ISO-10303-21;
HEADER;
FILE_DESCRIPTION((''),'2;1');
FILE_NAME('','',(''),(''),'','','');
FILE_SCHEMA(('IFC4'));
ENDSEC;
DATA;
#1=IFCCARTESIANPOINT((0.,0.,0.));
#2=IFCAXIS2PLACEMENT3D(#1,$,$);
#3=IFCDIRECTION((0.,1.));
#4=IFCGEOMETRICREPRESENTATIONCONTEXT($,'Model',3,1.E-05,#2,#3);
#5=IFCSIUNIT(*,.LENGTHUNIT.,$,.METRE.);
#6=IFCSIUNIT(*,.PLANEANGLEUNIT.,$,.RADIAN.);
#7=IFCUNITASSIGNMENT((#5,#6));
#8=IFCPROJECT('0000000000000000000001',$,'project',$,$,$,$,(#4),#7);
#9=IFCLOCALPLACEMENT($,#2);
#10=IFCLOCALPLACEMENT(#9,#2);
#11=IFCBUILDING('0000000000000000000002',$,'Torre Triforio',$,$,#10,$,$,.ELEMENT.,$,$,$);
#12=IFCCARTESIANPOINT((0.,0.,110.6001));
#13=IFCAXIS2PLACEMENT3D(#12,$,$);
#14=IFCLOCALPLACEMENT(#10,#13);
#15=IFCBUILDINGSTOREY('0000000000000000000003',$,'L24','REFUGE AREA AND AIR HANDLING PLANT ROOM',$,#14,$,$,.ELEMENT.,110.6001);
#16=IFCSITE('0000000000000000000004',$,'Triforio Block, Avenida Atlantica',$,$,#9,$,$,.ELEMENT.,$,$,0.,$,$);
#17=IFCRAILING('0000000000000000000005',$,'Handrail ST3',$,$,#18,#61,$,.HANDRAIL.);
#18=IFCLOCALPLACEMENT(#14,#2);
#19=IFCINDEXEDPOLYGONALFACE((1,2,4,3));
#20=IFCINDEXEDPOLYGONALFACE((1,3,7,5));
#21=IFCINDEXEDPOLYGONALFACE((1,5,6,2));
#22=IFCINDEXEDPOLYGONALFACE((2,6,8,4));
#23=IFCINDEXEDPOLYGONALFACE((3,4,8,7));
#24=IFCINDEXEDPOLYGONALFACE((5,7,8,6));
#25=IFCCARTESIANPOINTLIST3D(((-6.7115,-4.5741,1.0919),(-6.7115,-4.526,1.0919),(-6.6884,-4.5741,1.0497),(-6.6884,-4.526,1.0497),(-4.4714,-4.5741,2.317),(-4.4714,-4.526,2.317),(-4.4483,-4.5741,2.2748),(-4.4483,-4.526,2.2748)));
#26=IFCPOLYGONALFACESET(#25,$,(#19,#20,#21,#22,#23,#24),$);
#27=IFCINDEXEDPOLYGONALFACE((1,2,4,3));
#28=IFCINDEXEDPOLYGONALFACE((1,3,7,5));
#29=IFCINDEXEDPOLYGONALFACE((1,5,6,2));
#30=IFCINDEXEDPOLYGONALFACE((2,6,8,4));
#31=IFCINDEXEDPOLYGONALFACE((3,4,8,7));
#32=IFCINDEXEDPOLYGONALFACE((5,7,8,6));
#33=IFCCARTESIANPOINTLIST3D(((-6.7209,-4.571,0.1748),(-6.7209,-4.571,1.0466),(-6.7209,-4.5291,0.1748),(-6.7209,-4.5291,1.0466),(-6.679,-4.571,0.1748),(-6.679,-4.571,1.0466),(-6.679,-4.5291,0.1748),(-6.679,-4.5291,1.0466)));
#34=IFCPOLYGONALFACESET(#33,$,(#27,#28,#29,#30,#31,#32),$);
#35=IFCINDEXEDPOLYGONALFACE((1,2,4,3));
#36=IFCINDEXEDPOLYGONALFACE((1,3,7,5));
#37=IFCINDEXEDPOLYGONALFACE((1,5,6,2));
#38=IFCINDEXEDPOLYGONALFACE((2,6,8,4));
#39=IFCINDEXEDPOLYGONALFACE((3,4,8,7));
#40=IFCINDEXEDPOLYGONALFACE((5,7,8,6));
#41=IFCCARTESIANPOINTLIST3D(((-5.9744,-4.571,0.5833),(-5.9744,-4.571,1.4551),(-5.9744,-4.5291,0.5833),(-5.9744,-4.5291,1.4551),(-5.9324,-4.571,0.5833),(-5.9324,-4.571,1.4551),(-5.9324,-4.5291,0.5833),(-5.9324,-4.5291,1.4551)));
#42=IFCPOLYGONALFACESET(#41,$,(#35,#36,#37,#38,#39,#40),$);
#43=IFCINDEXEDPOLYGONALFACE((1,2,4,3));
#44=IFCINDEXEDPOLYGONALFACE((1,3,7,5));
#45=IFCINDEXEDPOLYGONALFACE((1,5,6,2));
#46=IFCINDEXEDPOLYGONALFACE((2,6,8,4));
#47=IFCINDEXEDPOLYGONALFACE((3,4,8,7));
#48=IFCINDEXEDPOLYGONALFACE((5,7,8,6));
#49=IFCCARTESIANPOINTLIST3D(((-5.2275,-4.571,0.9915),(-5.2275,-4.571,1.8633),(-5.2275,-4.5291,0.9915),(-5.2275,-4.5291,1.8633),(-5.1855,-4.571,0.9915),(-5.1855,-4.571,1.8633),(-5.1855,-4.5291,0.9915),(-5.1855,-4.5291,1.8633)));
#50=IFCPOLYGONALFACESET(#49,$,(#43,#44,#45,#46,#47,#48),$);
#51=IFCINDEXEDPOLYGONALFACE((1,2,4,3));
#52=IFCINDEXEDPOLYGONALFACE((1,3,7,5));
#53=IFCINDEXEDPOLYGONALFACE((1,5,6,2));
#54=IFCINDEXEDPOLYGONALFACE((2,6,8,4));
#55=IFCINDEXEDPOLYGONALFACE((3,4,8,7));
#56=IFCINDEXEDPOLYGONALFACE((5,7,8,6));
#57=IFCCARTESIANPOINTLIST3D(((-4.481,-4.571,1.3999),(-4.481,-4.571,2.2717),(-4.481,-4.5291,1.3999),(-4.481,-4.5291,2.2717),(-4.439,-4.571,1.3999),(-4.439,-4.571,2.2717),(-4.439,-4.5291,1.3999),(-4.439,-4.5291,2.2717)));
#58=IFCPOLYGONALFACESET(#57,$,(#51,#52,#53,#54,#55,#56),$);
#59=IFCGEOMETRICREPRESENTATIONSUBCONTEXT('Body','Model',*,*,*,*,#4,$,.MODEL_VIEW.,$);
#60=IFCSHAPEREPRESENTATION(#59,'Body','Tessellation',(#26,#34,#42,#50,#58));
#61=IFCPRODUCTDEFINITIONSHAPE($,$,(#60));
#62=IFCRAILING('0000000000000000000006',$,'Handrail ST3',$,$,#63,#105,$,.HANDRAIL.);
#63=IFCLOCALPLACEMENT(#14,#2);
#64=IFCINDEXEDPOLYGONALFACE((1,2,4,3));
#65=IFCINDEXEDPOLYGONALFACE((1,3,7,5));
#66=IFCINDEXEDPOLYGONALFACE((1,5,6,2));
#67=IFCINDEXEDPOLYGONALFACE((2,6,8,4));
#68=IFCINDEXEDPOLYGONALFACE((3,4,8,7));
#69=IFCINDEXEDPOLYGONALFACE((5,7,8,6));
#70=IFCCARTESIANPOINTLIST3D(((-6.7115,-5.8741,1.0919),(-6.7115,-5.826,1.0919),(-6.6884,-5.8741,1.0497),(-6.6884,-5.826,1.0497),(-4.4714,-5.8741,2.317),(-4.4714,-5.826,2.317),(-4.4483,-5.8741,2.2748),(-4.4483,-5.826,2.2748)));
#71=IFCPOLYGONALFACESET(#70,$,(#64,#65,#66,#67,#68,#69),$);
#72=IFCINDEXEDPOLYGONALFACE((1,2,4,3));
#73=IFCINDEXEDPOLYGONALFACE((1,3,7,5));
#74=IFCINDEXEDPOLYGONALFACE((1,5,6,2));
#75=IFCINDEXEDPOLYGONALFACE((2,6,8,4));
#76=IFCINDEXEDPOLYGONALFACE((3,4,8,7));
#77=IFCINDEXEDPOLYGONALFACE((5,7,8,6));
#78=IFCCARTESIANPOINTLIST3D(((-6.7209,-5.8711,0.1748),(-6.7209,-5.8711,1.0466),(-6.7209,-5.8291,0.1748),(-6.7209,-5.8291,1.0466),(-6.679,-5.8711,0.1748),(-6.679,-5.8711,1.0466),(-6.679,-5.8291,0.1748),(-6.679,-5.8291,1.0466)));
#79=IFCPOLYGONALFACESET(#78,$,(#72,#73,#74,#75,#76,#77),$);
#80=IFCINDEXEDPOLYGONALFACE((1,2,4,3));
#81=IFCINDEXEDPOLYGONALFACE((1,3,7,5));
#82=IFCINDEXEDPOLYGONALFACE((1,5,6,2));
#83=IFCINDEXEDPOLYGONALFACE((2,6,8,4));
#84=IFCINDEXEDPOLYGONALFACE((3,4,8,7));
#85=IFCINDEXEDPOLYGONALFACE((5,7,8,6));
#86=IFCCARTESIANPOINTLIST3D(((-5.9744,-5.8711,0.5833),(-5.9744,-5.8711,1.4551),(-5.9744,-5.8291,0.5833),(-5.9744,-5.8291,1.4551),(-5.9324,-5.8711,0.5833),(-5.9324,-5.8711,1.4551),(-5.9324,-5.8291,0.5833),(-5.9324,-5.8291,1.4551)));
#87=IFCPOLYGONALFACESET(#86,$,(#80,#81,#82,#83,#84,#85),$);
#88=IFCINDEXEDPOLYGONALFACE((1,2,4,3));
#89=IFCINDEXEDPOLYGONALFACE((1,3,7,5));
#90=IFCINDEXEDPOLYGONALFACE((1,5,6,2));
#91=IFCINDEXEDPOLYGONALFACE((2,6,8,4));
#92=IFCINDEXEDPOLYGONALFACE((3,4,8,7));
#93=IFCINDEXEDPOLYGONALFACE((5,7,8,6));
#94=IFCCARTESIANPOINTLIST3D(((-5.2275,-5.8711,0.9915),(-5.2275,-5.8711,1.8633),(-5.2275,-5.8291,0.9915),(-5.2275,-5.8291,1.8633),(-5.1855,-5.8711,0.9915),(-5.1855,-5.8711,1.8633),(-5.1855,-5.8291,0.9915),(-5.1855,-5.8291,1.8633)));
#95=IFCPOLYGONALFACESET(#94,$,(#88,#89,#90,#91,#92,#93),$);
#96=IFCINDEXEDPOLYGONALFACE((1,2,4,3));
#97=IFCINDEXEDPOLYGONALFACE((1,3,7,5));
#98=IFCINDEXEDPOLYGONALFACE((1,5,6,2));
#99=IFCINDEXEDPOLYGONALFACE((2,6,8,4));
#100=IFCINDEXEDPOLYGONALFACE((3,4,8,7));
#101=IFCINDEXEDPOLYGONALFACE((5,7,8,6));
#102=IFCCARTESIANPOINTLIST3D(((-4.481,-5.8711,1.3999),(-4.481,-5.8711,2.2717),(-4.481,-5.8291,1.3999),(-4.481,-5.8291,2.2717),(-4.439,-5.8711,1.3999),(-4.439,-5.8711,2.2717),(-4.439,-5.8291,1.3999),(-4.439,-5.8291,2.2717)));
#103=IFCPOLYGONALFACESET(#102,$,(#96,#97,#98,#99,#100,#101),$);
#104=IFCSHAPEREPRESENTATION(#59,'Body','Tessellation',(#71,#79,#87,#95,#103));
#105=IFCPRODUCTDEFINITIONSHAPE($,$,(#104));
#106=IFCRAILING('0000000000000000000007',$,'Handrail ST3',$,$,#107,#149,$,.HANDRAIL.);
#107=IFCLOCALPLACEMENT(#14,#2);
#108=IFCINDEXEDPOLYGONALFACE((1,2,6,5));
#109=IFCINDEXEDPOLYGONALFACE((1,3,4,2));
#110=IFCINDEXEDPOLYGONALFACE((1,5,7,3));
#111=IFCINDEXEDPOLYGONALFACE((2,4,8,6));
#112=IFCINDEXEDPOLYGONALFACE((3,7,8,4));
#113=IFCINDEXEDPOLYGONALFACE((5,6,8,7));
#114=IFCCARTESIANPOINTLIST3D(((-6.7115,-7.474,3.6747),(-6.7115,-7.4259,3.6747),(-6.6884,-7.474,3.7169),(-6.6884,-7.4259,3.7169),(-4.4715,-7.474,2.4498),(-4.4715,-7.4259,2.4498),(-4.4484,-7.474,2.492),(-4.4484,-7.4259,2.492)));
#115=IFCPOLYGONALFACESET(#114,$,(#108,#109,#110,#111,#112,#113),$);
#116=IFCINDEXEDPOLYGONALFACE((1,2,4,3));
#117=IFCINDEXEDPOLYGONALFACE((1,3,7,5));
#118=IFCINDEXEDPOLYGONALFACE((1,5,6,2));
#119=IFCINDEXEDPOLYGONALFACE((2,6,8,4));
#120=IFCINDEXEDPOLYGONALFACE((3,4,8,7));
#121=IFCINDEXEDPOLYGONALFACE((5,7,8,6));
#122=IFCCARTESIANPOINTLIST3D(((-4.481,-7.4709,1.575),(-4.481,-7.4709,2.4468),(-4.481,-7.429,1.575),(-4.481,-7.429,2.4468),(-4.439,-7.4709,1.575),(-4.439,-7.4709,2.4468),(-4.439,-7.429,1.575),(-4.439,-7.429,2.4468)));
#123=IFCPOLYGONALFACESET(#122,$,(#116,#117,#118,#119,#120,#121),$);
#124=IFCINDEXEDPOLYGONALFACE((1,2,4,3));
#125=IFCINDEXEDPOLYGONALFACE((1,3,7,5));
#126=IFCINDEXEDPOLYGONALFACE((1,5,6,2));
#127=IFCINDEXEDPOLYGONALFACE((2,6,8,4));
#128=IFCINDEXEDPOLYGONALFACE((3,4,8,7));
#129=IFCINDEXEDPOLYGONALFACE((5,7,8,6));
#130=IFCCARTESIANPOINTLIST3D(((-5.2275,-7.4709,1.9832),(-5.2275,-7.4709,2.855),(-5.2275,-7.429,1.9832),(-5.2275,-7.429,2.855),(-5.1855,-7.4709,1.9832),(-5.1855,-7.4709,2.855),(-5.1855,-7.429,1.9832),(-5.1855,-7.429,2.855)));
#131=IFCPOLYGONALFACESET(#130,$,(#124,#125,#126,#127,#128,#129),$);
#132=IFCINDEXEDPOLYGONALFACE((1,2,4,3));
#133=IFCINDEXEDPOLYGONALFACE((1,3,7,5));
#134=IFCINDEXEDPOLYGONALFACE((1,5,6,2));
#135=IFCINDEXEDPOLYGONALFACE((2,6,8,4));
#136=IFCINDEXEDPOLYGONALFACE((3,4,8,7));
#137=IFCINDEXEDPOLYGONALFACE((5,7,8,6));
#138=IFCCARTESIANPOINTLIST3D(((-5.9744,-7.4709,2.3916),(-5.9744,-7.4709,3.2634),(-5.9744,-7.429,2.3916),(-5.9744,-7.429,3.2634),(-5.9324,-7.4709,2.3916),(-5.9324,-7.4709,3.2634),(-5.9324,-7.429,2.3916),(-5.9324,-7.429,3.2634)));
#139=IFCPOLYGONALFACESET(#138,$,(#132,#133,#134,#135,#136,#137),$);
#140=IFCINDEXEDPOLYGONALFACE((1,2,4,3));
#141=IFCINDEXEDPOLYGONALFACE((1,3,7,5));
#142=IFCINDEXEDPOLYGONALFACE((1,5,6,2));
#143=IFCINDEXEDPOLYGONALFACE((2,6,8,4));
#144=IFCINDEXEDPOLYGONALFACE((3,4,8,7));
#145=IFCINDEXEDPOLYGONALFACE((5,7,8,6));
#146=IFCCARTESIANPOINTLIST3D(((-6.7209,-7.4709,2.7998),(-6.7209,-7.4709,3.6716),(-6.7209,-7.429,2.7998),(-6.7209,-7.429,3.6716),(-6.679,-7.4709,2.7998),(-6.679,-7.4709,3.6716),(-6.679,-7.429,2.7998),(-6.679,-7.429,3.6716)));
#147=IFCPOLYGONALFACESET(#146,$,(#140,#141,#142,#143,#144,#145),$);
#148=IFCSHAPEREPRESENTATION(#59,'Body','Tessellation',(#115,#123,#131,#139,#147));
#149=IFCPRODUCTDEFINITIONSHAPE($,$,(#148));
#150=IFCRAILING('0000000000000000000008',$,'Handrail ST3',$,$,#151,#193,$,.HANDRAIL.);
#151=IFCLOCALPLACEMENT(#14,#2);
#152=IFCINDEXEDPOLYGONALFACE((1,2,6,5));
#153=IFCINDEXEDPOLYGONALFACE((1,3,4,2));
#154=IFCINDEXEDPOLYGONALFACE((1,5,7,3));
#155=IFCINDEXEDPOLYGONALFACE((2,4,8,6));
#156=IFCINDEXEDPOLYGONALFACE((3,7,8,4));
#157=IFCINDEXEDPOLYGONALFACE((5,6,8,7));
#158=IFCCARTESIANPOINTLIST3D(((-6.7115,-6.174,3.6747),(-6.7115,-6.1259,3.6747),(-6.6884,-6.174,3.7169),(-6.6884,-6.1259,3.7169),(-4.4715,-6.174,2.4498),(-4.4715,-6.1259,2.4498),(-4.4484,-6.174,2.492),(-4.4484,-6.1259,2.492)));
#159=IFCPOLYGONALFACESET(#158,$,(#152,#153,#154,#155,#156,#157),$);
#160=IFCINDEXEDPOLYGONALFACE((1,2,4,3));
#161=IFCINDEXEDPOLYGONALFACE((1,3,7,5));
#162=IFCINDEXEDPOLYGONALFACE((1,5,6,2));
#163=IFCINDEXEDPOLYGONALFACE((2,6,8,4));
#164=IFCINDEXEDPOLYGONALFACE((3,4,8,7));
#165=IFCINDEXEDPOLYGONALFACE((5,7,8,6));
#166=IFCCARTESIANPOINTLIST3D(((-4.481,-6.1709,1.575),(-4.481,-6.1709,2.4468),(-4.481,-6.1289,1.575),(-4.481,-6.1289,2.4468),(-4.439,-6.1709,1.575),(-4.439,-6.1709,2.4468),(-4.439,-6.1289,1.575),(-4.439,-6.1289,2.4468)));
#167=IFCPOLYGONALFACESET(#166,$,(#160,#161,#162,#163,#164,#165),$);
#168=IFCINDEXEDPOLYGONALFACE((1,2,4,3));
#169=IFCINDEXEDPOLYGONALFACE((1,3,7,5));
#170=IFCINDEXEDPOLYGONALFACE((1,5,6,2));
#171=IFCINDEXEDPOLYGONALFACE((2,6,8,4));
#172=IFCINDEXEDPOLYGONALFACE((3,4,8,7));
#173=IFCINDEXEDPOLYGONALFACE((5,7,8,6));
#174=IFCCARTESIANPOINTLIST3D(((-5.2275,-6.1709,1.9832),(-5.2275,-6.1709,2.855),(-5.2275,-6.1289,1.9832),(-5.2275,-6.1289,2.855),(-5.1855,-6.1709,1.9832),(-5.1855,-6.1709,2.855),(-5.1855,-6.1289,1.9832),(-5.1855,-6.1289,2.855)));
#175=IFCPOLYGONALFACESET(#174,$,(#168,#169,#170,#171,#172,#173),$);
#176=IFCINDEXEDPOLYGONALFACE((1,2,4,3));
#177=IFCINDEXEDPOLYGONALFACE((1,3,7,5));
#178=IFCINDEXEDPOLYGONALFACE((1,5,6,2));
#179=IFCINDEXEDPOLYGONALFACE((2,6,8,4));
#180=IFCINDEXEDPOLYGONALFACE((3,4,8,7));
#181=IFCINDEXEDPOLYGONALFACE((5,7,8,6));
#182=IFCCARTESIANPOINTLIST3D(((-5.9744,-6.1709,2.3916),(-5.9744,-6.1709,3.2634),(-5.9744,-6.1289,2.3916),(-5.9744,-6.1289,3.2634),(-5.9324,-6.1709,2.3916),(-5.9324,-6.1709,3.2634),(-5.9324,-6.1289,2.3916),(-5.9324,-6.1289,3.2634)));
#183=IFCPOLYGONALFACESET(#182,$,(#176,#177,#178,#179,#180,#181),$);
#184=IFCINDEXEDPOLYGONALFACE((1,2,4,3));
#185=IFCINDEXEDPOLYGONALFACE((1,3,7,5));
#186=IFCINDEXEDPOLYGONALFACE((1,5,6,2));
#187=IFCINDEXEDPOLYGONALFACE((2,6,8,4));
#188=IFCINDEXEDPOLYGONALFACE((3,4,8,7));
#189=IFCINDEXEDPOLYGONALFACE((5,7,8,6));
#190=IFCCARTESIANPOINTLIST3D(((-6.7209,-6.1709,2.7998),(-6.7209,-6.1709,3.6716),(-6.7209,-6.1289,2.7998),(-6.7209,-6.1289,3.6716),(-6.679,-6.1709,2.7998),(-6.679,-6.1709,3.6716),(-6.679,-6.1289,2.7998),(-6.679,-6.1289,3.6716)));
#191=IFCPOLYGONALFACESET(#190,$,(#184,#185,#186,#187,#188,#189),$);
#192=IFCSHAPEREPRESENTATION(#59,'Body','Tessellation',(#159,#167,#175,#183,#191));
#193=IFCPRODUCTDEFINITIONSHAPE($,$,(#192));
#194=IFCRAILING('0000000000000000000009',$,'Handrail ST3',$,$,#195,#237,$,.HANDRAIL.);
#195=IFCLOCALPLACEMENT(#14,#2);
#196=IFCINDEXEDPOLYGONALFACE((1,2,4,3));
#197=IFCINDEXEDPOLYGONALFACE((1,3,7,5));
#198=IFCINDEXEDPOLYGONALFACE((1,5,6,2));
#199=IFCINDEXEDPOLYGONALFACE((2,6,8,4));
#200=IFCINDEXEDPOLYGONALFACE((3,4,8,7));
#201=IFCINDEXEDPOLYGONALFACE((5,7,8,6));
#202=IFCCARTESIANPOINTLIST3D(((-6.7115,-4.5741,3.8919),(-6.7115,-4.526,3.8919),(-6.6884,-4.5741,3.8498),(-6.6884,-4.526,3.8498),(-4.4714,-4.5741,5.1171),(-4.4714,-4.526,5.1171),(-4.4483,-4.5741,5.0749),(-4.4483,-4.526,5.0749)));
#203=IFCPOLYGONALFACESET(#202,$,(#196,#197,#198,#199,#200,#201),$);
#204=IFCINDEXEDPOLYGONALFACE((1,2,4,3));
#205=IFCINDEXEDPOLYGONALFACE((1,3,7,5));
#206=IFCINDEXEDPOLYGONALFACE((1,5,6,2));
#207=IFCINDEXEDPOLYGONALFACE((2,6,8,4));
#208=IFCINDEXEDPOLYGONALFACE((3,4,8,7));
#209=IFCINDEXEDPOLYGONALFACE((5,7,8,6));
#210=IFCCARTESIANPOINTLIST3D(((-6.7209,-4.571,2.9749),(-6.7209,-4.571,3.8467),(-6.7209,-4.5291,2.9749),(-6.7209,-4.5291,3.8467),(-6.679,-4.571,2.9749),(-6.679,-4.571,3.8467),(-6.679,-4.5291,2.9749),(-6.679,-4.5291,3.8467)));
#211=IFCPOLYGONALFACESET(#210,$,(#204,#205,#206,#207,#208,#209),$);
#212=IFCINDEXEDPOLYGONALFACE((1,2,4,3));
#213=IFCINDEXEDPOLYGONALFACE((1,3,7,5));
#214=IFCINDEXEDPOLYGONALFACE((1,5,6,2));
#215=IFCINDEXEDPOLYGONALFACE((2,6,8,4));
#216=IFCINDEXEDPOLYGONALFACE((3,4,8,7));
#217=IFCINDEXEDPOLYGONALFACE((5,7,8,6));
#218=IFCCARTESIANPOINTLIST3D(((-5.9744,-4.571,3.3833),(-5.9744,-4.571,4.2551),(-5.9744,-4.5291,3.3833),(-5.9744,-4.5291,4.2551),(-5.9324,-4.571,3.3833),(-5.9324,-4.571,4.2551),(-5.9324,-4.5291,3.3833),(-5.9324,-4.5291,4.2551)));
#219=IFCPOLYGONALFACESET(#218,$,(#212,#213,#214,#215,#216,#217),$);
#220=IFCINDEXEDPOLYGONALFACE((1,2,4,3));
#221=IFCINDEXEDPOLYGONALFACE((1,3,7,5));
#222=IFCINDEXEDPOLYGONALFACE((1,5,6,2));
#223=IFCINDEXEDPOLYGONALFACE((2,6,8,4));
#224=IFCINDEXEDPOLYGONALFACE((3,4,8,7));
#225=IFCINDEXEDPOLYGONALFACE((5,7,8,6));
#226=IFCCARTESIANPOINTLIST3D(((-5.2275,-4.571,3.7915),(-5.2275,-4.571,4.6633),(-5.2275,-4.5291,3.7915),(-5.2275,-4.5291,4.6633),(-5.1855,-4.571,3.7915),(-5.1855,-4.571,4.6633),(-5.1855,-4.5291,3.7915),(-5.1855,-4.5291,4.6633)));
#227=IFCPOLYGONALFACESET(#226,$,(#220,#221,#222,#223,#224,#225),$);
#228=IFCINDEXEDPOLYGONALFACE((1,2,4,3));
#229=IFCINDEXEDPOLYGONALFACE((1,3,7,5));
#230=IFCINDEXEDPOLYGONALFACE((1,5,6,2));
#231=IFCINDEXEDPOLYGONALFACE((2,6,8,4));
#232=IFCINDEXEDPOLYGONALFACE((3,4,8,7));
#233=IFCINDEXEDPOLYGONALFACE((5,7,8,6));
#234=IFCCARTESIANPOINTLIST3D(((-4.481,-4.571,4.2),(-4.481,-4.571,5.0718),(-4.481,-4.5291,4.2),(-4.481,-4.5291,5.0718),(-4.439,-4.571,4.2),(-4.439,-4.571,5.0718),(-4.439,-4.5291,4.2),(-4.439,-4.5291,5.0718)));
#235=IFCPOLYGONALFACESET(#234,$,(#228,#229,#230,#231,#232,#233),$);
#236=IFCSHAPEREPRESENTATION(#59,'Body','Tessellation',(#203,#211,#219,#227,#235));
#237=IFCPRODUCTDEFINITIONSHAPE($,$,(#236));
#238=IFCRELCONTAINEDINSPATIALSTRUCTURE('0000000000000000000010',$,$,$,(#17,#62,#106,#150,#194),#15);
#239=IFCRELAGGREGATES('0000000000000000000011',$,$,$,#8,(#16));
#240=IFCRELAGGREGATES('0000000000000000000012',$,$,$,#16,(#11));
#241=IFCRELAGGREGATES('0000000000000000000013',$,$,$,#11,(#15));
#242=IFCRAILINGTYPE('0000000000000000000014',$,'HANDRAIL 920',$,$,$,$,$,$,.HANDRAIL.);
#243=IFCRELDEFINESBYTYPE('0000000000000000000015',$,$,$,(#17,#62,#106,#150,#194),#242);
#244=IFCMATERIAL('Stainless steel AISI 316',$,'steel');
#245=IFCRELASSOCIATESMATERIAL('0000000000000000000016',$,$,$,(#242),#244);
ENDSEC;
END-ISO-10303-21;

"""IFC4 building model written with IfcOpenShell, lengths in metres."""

from ifc_helpers import new_model, si_unit, direction, frame, origin, origin_2d, place, context, subcontext, project, spatial, rectangle, extrude, material, type_object, element, save


model = new_model("IFC4")

# Units and contexts
model_context = context("Model", 3, precision=1e-05, world=origin(), true_north=direction((0.0, 1.0)))
body_context = subcontext(model_context, "Body", "Model", "MODEL_VIEW")
ifc_project = project(units=[si_unit("LENGTHUNIT", "METRE"), si_unit("PLANEANGLEUNIT", "RADIAN")], contexts=[model_context])

# Site, building, storey
site_placement = place(None, origin())
site = spatial("IfcSite", under=ifc_project, at=site_placement, Name="Triforio Block, Avenida Atlantica", CompositionType="ELEMENT", RefElevation=0.0)
building_placement = place(site_placement, origin())
building = spatial("IfcBuilding", under=site, at=building_placement, Name="Torre Triforio", CompositionType="ELEMENT")
storey_placement = place(building_placement, frame((0.0, 0.0, 110.6001)))
storey = spatial("IfcBuildingStorey", under=building, at=storey_placement, Name="L24", Description="REFUGE AREA AND AIR HANDLING PLANT ROOM", CompositionType="ELEMENT", Elevation=110.6001)

# Railings
ifc_material_1 = material(Name="Stainless steel AISI 316", Category="steel")
railing_type = type_object("IfcRailingType", Name="HANDRAIL 920", PredefinedType="HANDRAIL", material=ifc_material_1)
for number, where, name in (
    (1, (-6.7, -4.55, 0.1748), "Handrail ST3"),
    (2, (-6.7, -5.8501, 0.1748), "Handrail ST3"),
):
    element("IfcRailing", number, at=place(storey_placement, frame(where)), inside=storey, type_object=railing_type, Name=name, PredefinedType="HANDRAIL", context=body_context, shape_type="SweptSolid", body=[
        extrude(rectangle(XDim=0.0481, YDim=0.0481, at=origin_2d()), frame((0.0, 0.0, 0.896), z_axis=(0.877354, 0.0, 0.479843), x_axis=(0.0, 1.0, 0.0)), (0.0, 0.0, 1.0), 2.5532),
        extrude(rectangle(XDim=0.042, YDim=0.042, at=origin_2d()), origin(), (0.0, 0.0, 1.0), 0.8718),
        extrude(rectangle(XDim=0.042, YDim=0.042, at=origin_2d()), frame((0.7466, 0.0, 0.4084)), (0.0, 0.0, 1.0), 0.8718),
        extrude(rectangle(XDim=0.042, YDim=0.042, at=origin_2d()), frame((1.4934, 0.0, 0.8167)), (0.0, 0.0, 1.0), 0.8718),
        extrude(rectangle(XDim=0.042, YDim=0.042, at=origin_2d()), frame((2.24, 0.0, 1.2251)), (0.0, 0.0, 1.0), 0.8718),
    ])
for number, where, name in (
    (3, (-4.46, -7.45, 1.575), "Handrail ST3"),
    (4, (-4.46, -6.1499, 1.575), "Handrail ST3"),
):
    element("IfcRailing", number, at=place(storey_placement, frame(where)), inside=storey, type_object=railing_type, Name=name, PredefinedType="HANDRAIL", context=body_context, shape_type="SweptSolid", body=[
        extrude(rectangle(XDim=0.0481, YDim=0.0481, at=origin_2d()), frame((0.0, 0.0, 0.896), z_axis=(-0.877394, 0.0, 0.47977), x_axis=(0.0, -1.0, 0.0)), (0.0, 0.0, 1.0), 2.553),
        extrude(rectangle(XDim=0.042, YDim=0.042, at=origin_2d()), origin(), (0.0, 0.0, 1.0), 0.8718),
        extrude(rectangle(XDim=0.042, YDim=0.042, at=origin_2d()), frame((-0.7466, 0.0, 0.4082)), (0.0, 0.0, 1.0), 0.8718),
        extrude(rectangle(XDim=0.042, YDim=0.042, at=origin_2d()), frame((-1.4934, 0.0, 0.8167)), (0.0, 0.0, 1.0), 0.8718),
        extrude(rectangle(XDim=0.042, YDim=0.042, at=origin_2d()), frame((-2.24, 0.0, 1.2249)), (0.0, 0.0, 1.0), 0.8718),
    ])
for number, where, name in (
    (5, (-6.7, -4.55, 2.9749), "Handrail ST3"),
):
    element("IfcRailing", number, at=place(storey_placement, frame(where)), inside=storey, type_object=railing_type, Name=name, PredefinedType="HANDRAIL", context=body_context, shape_type="SweptSolid", body=[
        extrude(rectangle(XDim=0.0481, YDim=0.0481, at=origin_2d()), frame((0.0, 0.0, 0.896), z_axis=(0.877354, 0.0, 0.479843), x_axis=(0.0, 1.0, 0.0)), (0.0, 0.0, 1.0), 2.5532),
        extrude(rectangle(XDim=0.042, YDim=0.042, at=origin_2d()), origin(), (0.0, 0.0, 1.0), 0.8718),
        extrude(rectangle(XDim=0.042, YDim=0.042, at=origin_2d()), frame((0.7466, 0.0, 0.4084)), (0.0, 0.0, 1.0), 0.8718),
        extrude(rectangle(XDim=0.042, YDim=0.042, at=origin_2d()), frame((1.4934, 0.0, 0.8167)), (0.0, 0.0, 1.0), 0.8718),
        extrude(rectangle(XDim=0.042, YDim=0.042, at=origin_2d()), frame((2.24, 0.0, 1.2251)), (0.0, 0.0, 1.0), 0.8718),
    ])

save(model, "model.ifc")
